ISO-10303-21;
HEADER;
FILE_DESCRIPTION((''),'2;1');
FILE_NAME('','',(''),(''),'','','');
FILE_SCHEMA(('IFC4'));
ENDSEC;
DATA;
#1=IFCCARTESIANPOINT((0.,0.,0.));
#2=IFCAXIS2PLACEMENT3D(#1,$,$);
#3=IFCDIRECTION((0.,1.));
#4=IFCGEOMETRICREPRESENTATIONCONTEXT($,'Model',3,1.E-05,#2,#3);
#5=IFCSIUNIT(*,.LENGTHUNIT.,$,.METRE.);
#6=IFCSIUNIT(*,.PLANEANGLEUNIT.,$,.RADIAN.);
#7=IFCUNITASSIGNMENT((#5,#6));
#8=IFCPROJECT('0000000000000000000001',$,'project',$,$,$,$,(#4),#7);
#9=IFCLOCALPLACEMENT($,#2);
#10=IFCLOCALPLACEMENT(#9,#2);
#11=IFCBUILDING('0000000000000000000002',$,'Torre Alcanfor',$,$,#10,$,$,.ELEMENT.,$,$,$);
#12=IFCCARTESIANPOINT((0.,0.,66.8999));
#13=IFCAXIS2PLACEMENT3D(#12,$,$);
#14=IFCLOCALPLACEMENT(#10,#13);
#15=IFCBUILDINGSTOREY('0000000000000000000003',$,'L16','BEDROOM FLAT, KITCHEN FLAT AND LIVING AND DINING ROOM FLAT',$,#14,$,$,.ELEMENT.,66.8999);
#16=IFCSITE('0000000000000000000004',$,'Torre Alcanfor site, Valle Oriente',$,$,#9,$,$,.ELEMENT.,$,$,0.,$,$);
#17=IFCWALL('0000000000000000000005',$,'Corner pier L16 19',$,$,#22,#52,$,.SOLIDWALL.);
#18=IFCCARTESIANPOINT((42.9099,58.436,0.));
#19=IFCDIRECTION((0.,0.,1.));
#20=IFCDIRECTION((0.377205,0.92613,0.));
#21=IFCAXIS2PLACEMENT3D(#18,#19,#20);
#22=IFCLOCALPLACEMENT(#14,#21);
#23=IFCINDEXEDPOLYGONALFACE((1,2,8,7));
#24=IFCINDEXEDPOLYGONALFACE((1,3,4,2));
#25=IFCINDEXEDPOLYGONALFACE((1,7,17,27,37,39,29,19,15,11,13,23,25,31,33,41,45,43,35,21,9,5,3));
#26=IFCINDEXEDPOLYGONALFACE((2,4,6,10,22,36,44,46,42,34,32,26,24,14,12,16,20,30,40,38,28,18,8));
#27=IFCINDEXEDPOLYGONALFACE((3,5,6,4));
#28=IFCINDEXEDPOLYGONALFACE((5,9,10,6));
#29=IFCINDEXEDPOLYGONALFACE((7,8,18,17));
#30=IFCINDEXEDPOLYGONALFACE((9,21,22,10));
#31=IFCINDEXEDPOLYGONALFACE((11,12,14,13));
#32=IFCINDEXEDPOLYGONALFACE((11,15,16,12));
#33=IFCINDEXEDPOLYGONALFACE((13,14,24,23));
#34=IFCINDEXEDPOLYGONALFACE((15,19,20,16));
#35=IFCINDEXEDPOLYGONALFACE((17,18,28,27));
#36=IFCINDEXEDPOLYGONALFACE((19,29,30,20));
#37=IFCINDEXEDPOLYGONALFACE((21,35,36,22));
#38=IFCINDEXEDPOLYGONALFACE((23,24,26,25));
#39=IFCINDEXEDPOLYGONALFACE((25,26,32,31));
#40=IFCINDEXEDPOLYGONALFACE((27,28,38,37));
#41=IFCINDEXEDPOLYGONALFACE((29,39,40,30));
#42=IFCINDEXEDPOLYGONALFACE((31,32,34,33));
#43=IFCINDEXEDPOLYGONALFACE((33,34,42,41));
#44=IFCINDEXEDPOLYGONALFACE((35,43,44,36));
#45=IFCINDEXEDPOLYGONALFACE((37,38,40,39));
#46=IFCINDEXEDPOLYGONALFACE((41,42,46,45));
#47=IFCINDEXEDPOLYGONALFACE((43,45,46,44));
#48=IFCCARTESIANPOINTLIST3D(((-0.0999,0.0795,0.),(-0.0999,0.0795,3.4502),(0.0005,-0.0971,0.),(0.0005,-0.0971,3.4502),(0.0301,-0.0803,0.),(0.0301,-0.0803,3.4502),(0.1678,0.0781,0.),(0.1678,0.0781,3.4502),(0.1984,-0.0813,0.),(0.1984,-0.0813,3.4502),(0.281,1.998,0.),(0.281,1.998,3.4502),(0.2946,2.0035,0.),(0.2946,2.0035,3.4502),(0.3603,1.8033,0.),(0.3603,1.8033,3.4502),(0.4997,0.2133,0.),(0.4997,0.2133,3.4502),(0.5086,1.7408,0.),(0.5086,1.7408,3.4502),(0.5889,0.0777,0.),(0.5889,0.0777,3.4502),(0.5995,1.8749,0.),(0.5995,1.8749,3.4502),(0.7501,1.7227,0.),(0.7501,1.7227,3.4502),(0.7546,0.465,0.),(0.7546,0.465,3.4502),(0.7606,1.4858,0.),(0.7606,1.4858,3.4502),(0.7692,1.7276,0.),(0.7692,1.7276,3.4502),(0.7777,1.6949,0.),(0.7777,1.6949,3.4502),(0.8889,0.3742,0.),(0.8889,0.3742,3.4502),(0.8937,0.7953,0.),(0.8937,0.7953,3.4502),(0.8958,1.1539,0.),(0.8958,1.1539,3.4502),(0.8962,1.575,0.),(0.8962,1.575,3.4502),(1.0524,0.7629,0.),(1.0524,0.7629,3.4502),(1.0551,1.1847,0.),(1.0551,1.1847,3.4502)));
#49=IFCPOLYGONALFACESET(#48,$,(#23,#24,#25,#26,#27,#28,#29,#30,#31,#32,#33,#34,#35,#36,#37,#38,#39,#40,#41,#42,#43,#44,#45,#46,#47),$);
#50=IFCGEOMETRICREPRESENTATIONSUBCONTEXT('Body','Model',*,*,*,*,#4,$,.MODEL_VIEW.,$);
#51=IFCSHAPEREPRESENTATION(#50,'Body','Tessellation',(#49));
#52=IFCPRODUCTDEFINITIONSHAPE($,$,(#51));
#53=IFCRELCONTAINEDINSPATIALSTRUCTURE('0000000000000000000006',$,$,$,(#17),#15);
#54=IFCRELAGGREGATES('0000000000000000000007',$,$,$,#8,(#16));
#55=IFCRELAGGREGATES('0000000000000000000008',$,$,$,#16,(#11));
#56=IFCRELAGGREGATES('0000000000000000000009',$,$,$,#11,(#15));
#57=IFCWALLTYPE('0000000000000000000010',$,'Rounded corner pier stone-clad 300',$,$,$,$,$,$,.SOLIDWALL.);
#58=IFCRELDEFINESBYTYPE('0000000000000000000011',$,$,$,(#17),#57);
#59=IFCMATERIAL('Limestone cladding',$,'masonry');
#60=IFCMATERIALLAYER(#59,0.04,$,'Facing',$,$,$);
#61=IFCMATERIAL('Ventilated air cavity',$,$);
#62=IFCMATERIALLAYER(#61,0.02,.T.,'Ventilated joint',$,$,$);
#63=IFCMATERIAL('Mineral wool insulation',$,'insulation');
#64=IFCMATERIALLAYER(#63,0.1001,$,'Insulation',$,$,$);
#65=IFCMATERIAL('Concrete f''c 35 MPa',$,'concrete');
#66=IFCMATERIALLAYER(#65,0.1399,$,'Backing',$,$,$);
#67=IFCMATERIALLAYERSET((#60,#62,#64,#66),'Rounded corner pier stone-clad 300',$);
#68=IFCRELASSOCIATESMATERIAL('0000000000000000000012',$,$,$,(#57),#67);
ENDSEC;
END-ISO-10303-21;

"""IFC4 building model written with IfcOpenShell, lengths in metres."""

from ifc_helpers import new_model, si_unit, direction, frame, origin, place, context, subcontext, project, spatial, polyline, outline, extrude, material, layer, layer_set, type_object, element, save


model = new_model("IFC4")

# Units and contexts
model_context = context("Model", 3, precision=1e-05, world=origin(), true_north=direction((0.0, 1.0)))
body_context = subcontext(model_context, "Body", "Model", "MODEL_VIEW")
ifc_project = project(units=[si_unit("LENGTHUNIT", "METRE"), si_unit("PLANEANGLEUNIT", "RADIAN")], contexts=[model_context])

# Site, building, storey
site_placement = place(None, origin())
site = spatial("IfcSite", under=ifc_project, at=site_placement, Name="Torre Alcanfor site, Valle Oriente", CompositionType="ELEMENT", RefElevation=0.0)
building_placement = place(site_placement, origin())
building = spatial("IfcBuilding", under=site, at=building_placement, Name="Torre Alcanfor", CompositionType="ELEMENT")
storey_placement = place(building_placement, frame((0.0, 0.0, 66.8999)))
storey = spatial("IfcBuildingStorey", under=building, at=storey_placement, Name="L16", Description="BEDROOM FLAT, KITCHEN FLAT AND LIVING AND DINING ROOM FLAT", CompositionType="ELEMENT", Elevation=66.8999)

# Shared definitions
ifc_material_1 = material(Name="Limestone cladding", Category="masonry")
ifc_material_2 = material(Name="Ventilated air cavity")
ifc_material_3 = material(Name="Mineral wool insulation", Category="insulation")
ifc_material_4 = material(Name="Concrete f'c 35 MPa", Category="concrete")

# Wall
ifc_layer_1 = layer(ifc_material_1, 0.04, Name="Facing")
ifc_layer_2 = layer(ifc_material_2, 0.02, ventilated=True, Name="Ventilated joint")
ifc_layer_3 = layer(ifc_material_3, 0.1001, Name="Insulation")
ifc_layer_4 = layer(ifc_material_4, 0.1399, Name="Backing")
ifc_layer_set_1 = layer_set([ifc_layer_1, ifc_layer_2, ifc_layer_3, ifc_layer_4], Name="Rounded corner pier stone-clad 300")
wall_type_1 = type_object("IfcWallType", Name="Rounded corner pier stone-clad 300", PredefinedType="SOLIDWALL", material=ifc_layer_set_1)
wall_1_placement = place(storey_placement, frame((42.9099, 58.436, 0.0), z_axis=(0.0, 0.0, 1.0), x_axis=(0.377205, 0.92613, 0.0)))
element("IfcWall", 1, at=wall_1_placement, inside=storey, type_object=wall_type_1, Name="Corner pier L16 19", PredefinedType="SOLIDWALL", context=body_context, shape_type="SweptSolid", body=[
    extrude(outline(polyline([(0.7692, 1.7276), (0.7501, 1.7227), (0.5995, 1.8749), (0.2946, 2.0035), (0.281, 1.998), (0.3603, 1.8033), (0.5086, 1.7408), (0.7606, 1.4858), (0.8958, 1.1539), (0.8937, 0.7953), (0.7546, 0.465), (0.4997, 0.2133), (0.1678, 0.0781), (-0.0999, 0.0795), (0.0005, -0.0971), (0.0301, -0.0803), (0.1984, -0.0813), (0.5889, 0.0777), (0.8889, 0.3742), (1.0524, 0.7629), (1.0551, 1.1847), (0.8962, 1.575), (0.7777, 1.6949), (0.7692, 1.7276)])), origin(), (0.0, 0.0, 1.0), 3.4502),
])

save(model, "model.ifc")
